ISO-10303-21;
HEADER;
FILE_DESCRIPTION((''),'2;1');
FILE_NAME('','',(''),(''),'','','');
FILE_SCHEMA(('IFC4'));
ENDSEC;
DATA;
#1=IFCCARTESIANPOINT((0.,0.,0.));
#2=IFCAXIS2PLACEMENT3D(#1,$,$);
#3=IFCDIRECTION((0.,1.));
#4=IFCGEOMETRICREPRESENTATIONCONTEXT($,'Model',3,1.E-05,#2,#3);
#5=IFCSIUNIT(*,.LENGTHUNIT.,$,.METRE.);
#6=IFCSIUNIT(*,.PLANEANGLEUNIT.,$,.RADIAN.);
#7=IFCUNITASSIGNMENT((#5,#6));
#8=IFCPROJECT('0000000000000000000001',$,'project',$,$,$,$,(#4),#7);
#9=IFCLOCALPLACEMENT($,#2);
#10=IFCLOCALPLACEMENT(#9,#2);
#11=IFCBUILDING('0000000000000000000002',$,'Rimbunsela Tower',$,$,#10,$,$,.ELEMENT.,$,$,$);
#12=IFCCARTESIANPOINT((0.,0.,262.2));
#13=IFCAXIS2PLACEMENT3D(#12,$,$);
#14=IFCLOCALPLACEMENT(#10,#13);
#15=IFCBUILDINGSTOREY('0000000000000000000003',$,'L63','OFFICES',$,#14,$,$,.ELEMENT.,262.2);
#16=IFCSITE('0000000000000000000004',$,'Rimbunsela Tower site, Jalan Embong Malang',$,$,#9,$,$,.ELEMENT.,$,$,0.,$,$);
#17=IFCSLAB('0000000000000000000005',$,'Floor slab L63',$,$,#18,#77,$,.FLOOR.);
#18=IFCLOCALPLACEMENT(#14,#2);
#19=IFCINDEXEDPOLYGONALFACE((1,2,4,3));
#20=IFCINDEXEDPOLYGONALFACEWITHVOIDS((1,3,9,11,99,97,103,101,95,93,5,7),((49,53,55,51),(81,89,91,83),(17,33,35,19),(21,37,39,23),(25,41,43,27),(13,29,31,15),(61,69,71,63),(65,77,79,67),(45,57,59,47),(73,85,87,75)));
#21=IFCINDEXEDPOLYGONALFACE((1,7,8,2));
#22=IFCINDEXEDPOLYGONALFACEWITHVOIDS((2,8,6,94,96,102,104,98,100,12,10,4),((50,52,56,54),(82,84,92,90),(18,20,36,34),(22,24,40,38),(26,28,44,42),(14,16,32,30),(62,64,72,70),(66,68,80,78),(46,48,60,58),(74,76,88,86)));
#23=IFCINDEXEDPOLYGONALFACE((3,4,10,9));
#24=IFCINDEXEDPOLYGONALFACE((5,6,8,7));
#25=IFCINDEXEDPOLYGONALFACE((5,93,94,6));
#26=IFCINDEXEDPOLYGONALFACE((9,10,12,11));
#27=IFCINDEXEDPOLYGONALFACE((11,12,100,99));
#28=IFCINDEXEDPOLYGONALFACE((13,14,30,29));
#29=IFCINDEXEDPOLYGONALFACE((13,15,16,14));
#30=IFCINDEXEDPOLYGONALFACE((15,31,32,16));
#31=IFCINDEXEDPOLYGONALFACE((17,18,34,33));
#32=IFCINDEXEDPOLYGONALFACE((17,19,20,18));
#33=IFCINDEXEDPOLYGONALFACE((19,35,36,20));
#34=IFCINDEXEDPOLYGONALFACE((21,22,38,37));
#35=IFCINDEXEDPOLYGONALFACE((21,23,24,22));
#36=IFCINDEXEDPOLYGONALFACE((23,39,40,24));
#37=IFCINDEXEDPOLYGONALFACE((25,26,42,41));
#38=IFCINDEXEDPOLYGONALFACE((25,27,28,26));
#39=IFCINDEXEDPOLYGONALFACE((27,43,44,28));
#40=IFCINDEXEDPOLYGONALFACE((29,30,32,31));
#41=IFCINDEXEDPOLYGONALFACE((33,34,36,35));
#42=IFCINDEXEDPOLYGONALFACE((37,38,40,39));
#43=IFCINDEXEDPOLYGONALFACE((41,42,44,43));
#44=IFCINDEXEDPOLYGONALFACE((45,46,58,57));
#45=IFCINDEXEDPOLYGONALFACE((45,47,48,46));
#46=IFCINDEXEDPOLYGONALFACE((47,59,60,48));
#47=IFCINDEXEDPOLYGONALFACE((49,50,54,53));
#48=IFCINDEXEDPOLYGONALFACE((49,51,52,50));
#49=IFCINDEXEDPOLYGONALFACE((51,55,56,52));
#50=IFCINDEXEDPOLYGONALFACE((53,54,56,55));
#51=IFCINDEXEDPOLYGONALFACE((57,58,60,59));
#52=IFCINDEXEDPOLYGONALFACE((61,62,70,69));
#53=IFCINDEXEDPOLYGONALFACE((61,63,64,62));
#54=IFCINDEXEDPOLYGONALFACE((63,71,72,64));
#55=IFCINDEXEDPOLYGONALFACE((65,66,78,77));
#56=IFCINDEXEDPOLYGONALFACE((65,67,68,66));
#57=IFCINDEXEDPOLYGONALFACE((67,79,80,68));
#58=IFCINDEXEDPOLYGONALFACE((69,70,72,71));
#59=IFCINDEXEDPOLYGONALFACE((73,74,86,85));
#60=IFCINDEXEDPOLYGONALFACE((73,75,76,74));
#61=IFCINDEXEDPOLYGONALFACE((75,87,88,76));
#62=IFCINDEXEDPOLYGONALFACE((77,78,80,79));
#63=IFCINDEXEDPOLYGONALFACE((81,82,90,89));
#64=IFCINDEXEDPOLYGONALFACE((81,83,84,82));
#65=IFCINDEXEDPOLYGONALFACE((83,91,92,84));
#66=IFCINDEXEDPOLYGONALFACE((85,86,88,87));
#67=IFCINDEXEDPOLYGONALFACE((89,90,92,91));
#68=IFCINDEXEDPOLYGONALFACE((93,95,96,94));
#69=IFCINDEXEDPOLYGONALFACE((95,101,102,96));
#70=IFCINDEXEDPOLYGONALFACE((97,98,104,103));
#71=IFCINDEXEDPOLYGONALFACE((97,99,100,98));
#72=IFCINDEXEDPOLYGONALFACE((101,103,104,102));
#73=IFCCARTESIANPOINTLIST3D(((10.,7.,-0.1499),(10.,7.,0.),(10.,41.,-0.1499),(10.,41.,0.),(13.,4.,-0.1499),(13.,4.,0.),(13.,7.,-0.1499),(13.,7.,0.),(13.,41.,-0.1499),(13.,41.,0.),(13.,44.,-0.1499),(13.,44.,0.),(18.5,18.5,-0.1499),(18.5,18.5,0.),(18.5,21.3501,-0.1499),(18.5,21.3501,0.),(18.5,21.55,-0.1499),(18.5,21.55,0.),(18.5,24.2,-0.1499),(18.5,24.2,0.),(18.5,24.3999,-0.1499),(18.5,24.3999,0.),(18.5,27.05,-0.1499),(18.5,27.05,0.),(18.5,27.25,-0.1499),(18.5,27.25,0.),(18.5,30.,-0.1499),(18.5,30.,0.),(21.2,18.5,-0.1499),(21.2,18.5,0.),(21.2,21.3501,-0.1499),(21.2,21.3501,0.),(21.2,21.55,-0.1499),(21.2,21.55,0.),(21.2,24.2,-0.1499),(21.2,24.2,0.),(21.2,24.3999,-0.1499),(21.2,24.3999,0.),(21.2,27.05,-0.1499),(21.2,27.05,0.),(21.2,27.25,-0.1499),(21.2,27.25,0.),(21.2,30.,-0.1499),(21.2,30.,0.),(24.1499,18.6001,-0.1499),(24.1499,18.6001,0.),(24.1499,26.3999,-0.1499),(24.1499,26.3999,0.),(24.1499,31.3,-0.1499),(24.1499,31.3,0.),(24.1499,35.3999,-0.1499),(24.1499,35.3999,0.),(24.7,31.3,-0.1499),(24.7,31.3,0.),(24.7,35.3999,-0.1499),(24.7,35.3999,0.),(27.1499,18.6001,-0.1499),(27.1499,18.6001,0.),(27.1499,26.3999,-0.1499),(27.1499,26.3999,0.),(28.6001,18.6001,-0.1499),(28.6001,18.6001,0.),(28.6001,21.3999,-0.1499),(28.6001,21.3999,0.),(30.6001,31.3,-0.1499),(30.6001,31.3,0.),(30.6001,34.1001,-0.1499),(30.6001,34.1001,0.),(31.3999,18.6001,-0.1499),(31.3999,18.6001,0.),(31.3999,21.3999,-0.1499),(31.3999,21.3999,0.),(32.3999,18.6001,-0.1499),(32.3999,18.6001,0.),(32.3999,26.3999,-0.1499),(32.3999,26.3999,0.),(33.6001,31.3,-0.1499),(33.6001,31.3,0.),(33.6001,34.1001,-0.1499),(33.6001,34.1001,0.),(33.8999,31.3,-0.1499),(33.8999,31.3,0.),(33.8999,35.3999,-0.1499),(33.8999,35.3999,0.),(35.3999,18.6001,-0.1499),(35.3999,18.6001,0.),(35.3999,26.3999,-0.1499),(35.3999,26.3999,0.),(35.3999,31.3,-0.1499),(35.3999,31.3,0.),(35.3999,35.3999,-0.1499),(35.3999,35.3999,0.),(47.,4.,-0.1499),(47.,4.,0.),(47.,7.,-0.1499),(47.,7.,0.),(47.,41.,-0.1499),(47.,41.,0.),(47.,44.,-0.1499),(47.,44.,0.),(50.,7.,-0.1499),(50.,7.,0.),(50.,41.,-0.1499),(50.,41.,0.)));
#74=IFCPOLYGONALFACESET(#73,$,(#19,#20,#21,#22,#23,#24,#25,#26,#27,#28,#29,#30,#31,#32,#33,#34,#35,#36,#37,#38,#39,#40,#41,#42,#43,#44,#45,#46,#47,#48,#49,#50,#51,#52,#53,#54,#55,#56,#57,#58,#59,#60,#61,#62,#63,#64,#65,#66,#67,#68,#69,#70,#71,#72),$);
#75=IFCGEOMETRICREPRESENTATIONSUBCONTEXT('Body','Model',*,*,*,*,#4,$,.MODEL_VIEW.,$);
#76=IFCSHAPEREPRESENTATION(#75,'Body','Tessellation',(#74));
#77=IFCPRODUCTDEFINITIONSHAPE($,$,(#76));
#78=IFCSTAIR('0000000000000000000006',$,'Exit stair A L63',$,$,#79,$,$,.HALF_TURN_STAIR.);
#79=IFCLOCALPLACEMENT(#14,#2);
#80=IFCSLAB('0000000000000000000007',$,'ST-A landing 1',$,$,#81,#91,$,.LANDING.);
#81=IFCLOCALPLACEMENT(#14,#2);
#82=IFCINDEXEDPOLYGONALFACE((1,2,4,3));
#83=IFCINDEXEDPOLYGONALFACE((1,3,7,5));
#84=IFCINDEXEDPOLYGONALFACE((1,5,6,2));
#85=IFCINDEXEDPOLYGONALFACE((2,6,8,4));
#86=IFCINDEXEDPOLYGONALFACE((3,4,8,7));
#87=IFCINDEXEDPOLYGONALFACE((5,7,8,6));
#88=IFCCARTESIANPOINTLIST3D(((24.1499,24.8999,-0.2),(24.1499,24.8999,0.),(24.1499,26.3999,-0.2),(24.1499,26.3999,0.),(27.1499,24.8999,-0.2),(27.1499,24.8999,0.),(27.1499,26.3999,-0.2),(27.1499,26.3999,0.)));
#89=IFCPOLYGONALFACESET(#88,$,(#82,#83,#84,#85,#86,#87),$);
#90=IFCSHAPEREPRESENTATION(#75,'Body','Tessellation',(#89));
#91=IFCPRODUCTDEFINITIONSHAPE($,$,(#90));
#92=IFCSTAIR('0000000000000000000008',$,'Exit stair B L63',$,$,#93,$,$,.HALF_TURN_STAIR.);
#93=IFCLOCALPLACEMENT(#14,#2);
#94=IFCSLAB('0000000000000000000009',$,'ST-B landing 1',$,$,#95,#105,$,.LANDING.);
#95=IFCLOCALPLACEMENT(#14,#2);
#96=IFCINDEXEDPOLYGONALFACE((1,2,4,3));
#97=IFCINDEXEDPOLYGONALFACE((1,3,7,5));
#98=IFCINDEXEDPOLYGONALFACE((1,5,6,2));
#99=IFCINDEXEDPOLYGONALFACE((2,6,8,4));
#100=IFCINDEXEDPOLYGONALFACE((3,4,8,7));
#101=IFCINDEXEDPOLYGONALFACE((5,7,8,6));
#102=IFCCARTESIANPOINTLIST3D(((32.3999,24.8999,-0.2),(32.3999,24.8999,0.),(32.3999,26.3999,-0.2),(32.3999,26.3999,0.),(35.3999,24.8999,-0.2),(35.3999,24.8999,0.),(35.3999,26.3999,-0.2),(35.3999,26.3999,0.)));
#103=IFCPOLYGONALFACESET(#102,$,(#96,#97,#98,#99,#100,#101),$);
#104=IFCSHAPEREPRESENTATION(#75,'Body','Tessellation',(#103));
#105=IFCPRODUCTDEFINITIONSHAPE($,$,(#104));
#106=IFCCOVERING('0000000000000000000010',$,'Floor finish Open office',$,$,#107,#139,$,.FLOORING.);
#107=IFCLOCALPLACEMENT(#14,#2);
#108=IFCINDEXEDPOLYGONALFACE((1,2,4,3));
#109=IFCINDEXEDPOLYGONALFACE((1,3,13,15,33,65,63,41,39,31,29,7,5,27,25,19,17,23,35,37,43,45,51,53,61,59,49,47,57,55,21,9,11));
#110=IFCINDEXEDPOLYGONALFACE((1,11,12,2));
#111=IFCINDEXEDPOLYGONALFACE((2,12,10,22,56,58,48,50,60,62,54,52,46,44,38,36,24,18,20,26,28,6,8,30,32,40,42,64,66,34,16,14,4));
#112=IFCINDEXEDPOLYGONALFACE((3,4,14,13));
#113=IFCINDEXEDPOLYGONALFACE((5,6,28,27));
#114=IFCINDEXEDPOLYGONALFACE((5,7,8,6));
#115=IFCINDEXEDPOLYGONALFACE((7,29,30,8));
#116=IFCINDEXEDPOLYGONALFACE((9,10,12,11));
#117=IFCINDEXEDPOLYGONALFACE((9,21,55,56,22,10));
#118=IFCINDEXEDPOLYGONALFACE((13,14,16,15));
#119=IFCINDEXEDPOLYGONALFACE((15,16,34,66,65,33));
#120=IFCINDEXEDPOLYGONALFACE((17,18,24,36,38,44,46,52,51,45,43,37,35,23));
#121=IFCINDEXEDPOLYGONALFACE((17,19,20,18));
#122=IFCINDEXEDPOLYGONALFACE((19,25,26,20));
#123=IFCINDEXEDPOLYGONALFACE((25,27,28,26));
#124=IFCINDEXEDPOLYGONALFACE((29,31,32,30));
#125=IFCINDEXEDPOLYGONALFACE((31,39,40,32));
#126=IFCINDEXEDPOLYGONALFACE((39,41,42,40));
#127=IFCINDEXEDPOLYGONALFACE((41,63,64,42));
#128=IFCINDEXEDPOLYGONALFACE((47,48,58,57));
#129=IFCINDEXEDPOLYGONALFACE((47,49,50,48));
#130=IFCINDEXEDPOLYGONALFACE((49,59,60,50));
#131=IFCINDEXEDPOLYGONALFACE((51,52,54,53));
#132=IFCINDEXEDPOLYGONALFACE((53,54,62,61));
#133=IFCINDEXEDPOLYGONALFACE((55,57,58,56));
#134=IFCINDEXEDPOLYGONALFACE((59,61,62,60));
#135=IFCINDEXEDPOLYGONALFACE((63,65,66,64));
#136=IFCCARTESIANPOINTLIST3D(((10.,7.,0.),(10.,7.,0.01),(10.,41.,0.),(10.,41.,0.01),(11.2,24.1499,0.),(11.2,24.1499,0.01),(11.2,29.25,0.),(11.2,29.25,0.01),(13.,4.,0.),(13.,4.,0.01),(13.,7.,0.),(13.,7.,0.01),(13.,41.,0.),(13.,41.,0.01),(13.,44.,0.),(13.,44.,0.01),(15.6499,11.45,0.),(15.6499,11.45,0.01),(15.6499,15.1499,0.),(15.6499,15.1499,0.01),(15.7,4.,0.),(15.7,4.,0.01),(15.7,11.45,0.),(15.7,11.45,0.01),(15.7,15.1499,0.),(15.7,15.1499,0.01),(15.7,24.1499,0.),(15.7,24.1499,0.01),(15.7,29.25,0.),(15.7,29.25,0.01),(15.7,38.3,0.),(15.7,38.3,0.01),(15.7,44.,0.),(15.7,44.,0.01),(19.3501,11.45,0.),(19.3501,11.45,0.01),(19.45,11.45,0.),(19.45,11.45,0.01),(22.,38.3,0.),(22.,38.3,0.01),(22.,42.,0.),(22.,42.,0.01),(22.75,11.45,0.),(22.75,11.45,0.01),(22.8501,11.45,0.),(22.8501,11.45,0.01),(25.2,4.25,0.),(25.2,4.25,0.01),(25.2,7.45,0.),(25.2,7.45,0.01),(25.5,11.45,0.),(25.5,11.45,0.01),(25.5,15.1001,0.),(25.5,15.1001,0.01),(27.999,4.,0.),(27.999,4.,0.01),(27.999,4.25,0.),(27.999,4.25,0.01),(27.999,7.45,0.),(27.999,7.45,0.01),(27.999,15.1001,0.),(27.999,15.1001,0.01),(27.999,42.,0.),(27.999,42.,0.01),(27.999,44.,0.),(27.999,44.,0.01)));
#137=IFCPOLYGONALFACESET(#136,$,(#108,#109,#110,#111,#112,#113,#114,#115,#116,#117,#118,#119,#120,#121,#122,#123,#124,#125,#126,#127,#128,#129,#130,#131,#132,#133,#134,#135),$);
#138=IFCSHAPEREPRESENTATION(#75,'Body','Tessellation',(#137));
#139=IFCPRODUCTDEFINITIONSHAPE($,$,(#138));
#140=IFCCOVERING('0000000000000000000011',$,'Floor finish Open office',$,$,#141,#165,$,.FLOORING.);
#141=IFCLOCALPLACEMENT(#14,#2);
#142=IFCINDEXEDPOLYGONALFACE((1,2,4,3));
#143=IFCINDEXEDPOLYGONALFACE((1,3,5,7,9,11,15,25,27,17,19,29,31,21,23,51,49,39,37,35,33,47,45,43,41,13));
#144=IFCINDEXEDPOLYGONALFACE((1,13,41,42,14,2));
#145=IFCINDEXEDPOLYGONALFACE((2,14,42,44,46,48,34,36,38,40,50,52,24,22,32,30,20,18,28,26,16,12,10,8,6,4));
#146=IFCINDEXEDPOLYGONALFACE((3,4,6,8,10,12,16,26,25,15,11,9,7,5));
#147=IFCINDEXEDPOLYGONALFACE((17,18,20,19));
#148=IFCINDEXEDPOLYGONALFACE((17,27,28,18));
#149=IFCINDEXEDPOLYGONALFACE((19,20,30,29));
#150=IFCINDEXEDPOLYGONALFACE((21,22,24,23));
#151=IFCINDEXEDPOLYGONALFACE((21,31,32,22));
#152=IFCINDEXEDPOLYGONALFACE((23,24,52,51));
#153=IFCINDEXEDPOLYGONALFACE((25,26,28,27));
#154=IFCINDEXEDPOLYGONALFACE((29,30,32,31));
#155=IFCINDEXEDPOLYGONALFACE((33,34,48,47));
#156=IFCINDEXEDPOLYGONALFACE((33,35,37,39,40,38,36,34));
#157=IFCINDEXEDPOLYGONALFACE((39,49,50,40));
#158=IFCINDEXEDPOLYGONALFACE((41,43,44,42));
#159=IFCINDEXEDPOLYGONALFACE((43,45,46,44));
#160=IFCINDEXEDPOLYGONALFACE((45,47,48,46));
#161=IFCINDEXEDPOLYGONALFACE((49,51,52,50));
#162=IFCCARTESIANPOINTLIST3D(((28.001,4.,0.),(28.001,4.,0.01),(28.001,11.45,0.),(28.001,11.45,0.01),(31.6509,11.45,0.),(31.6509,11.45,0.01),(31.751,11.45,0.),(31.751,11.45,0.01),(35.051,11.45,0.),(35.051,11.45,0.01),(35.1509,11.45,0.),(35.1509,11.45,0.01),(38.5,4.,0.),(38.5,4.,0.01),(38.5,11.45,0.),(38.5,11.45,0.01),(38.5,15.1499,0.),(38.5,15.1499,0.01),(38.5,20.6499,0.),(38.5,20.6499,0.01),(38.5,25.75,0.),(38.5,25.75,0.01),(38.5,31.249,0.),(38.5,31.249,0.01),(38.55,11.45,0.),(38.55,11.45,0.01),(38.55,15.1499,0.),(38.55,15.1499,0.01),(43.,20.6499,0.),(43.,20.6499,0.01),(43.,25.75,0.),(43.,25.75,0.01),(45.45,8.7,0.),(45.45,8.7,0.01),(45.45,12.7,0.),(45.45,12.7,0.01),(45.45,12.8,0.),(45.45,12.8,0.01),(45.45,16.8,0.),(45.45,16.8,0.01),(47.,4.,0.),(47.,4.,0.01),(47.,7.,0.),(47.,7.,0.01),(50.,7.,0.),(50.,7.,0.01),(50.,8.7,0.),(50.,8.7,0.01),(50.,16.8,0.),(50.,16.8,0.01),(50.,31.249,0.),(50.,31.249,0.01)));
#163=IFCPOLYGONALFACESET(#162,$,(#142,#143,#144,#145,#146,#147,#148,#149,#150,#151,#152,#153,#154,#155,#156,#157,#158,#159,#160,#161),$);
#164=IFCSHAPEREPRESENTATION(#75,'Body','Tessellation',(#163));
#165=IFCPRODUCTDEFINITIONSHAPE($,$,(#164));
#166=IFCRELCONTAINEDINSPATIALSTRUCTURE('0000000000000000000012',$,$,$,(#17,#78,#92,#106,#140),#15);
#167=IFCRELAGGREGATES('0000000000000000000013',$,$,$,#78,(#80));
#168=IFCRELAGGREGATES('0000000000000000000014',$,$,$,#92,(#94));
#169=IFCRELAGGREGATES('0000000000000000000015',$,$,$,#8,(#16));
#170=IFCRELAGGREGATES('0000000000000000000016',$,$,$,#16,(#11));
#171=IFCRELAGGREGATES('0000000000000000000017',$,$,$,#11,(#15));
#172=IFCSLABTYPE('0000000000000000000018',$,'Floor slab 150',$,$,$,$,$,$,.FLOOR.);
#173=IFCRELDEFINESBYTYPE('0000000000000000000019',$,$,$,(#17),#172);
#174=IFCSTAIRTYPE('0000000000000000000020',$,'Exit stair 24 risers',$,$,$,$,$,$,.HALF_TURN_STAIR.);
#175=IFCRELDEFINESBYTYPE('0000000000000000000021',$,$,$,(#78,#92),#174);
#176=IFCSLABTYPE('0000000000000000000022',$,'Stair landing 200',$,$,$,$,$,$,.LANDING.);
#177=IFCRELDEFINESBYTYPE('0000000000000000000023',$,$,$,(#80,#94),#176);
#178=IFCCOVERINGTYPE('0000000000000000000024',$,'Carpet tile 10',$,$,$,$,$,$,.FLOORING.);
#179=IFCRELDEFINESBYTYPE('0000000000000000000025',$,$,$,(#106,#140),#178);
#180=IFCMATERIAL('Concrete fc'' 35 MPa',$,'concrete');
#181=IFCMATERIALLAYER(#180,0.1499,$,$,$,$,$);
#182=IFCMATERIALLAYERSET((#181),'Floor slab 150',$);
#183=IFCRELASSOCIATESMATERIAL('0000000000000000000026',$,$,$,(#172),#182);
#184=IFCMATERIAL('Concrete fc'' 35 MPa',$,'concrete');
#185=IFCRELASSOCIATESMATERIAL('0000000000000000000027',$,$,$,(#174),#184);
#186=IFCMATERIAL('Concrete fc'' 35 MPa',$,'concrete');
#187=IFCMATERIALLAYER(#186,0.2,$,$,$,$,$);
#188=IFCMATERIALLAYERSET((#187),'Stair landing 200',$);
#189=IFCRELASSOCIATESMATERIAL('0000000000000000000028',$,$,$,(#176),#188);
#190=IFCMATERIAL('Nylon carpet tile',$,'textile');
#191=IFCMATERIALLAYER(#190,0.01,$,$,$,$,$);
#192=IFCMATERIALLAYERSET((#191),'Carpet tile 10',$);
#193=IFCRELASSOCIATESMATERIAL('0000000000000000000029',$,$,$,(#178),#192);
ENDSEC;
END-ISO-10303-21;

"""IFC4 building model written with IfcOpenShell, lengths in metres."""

from ifc_helpers import new_model, si_unit, direction, frame, origin, place, context, subcontext, project, spatial, polyline, outline, extrude, material, layer, layer_set, type_object, element, aggregate, save


model = new_model("IFC4")

# Units and contexts
model_context = context("Model", 3, precision=1e-05, world=origin(), true_north=direction((0.0, 1.0)))
body_context = subcontext(model_context, "Body", "Model", "MODEL_VIEW")
ifc_project = project(units=[si_unit("LENGTHUNIT", "METRE"), si_unit("PLANEANGLEUNIT", "RADIAN")], contexts=[model_context])

# Site, building, storey
site_placement = place(None, origin())
site = spatial("IfcSite", under=ifc_project, at=site_placement, Name="Rimbunsela Tower site, Jalan Embong Malang", CompositionType="ELEMENT", RefElevation=0.0)
building_placement = place(site_placement, origin())
building = spatial("IfcBuilding", under=site, at=building_placement, Name="Rimbunsela Tower", CompositionType="ELEMENT")
storey_placement = place(building_placement, frame((0.0, 0.0, 262.2)))
storey = spatial("IfcBuildingStorey", under=building, at=storey_placement, Name="L63", Description="OFFICES", CompositionType="ELEMENT", Elevation=262.2)

# Slab
ifc_material_1 = material(Name="Concrete fc' 35 MPa", Category="concrete")
ifc_layer_1 = layer(ifc_material_1, 0.1499)
ifc_layer_set_1 = layer_set([ifc_layer_1], Name="Floor slab 150")
slab_type_1 = type_object("IfcSlabType", Name="Floor slab 150", PredefinedType="FLOOR", material=ifc_layer_set_1)
slab_1_placement = place(storey_placement, frame((0.0, 0.0, -0.1499)))
element("IfcSlab", 1, at=slab_1_placement, inside=storey, type_object=slab_type_1, Name="Floor slab L63", PredefinedType="FLOOR", context=body_context, shape_type="SweptSolid", body=[
    extrude(outline(polyline([(13.0, 4.0), (47.0, 4.0), (47.0, 7.0), (50.0, 7.0), (50.0, 41.0), (47.0, 41.0), (47.0, 44.0), (13.0, 44.0), (13.0, 41.0), (10.0, 41.0), (10.0, 7.0), (13.0, 7.0), (13.0, 4.0)]), holes=[polyline([(21.2, 21.3501), (18.5, 21.3501), (18.5, 18.5), (21.2, 18.5), (21.2, 21.3501)]), polyline([(21.2, 21.55), (21.2, 24.2), (18.5, 24.2), (18.5, 21.55), (21.2, 21.55)]), polyline([(21.2, 27.05), (18.5, 27.05), (18.5, 24.3999), (21.2, 24.3999), (21.2, 27.05)]), polyline([(21.2, 30.0), (18.5, 30.0), (18.5, 27.25), (21.2, 27.25), (21.2, 30.0)]), polyline([(27.1499, 26.3999), (24.1499, 26.3999), (24.1499, 18.6001), (27.1499, 18.6001), (27.1499, 26.3999)]), polyline([(24.7, 31.3), (24.7, 35.3999), (24.1499, 35.3999), (24.1499, 31.3), (24.7, 31.3)]), polyline([(31.3999, 21.3999), (28.6001, 21.3999), (28.6001, 18.6001), (31.3999, 18.6001), (31.3999, 21.3999)]), polyline([(33.6001, 34.1001), (30.6001, 34.1001), (30.6001, 31.3), (33.6001, 31.3), (33.6001, 34.1001)]), polyline([(35.3999, 18.6001), (35.3999, 26.3999), (32.3999, 26.3999), (32.3999, 18.6001), (35.3999, 18.6001)]), polyline([(35.3999, 31.3), (35.3999, 35.3999), (33.8999, 35.3999), (33.8999, 31.3), (35.3999, 31.3)])]), origin(), (0.0, 0.0, 1.0), 0.1499),
])

# Stairs, slabs
ifc_material_2 = material(Name="Concrete fc' 35 MPa", Category="concrete")
stair_type = type_object("IfcStairType", Name="Exit stair 24 risers", PredefinedType="HALF_TURN_STAIR", material=ifc_material_2)
stair_1_placement = place(storey_placement, origin())
stair_1 = element("IfcStair", 2, at=stair_1_placement, inside=storey, type_object=stair_type, Name="Exit stair A L63", PredefinedType="HALF_TURN_STAIR")
ifc_material_3 = material(Name="Concrete fc' 35 MPa", Category="concrete")
ifc_layer_2 = layer(ifc_material_3, 0.2)
ifc_layer_set_2 = layer_set([ifc_layer_2], Name="Stair landing 200")
slab_type_2 = type_object("IfcSlabType", Name="Stair landing 200", PredefinedType="LANDING", material=ifc_layer_set_2)
slab_2_placement = place(storey_placement, frame((0.0, 0.0, -0.2)))
slab_2 = element("IfcSlab", 3, at=slab_2_placement, type_object=slab_type_2, Name="ST-A landing 1", PredefinedType="LANDING", context=body_context, shape_type="SweptSolid", body=[
    extrude(outline(polyline([(24.1499, 24.8999), (27.1499, 24.8999), (27.1499, 26.3999), (24.1499, 26.3999), (24.1499, 24.8999)])), origin(), (0.0, 0.0, 1.0), 0.2),
])
aggregate(stair_1, [slab_2])
stair_2_placement = place(storey_placement, origin())
stair_2 = element("IfcStair", 4, at=stair_2_placement, inside=storey, type_object=stair_type, Name="Exit stair B L63", PredefinedType="HALF_TURN_STAIR")
slab_3_placement = place(storey_placement, frame((0.0, 0.0, -0.2)))
slab_3 = element("IfcSlab", 5, at=slab_3_placement, type_object=slab_type_2, Name="ST-B landing 1", PredefinedType="LANDING", context=body_context, shape_type="SweptSolid", body=[
    extrude(outline(polyline([(32.3999, 24.8999), (35.3999, 24.8999), (35.3999, 26.3999), (32.3999, 26.3999), (32.3999, 24.8999)])), origin(), (0.0, 0.0, 1.0), 0.2),
])
aggregate(stair_2, [slab_3])

# Coverings
ifc_material_4 = material(Name="Nylon carpet tile", Category="textile")
ifc_layer_3 = layer(ifc_material_4, 0.01)
ifc_layer_set_3 = layer_set([ifc_layer_3], Name="Carpet tile 10")
covering_type_1 = type_object("IfcCoveringType", Name="Carpet tile 10", PredefinedType="FLOORING", material=ifc_layer_set_3)
covering_1_placement = place(storey_placement, origin())
element("IfcCovering", 6, at=covering_1_placement, inside=storey, type_object=covering_type_1, Name="Floor finish Open office", PredefinedType="FLOORING", context=body_context, shape_type="SweptSolid", body=[
    extrude(outline(polyline([(19.45, 11.45), (22.75, 11.45), (22.8501, 11.45), (25.5, 11.45), (25.5, 15.1001), (27.999, 15.1001), (27.999, 7.45), (25.2, 7.45), (25.2, 4.25), (27.999, 4.25), (27.999, 4.0), (15.7, 4.0), (13.0, 4.0), (13.0, 7.0), (10.0, 7.0), (10.0, 41.0), (13.0, 41.0), (13.0, 44.0), (15.7, 44.0), (27.999, 44.0), (27.999, 42.0), (22.0, 42.0), (22.0, 38.3), (15.7, 38.3), (15.7, 29.25), (11.2, 29.25), (11.2, 24.1499), (15.7, 24.1499), (15.7, 15.1499), (15.6499, 15.1499), (15.6499, 11.45), (15.7, 11.45), (19.3501, 11.45), (19.45, 11.45)])), origin(), (0.0, 0.0, 1.0), 0.01),
])
covering_2_placement = place(storey_placement, origin())
element("IfcCovering", 7, at=covering_2_placement, inside=storey, type_object=covering_type_1, Name="Floor finish Open office", PredefinedType="FLOORING", context=body_context, shape_type="SweptSolid", body=[
    extrude(outline(polyline([(28.001, 11.45), (31.6509, 11.45), (31.751, 11.45), (35.051, 11.45), (35.1509, 11.45), (38.5, 11.45), (38.55, 11.45), (38.55, 15.1499), (38.5, 15.1499), (38.5, 20.6499), (43.0, 20.6499), (43.0, 25.75), (38.5, 25.75), (38.5, 31.249), (50.0, 31.249), (50.0, 16.8), (45.45, 16.8), (45.45, 12.8), (45.45, 12.7), (45.45, 8.7), (50.0, 8.7), (50.0, 7.0), (47.0, 7.0), (47.0, 4.0), (38.5, 4.0), (28.001, 4.0), (28.001, 11.45)])), origin(), (0.0, 0.0, 1.0), 0.01),
])

save(model, "model.ifc")
